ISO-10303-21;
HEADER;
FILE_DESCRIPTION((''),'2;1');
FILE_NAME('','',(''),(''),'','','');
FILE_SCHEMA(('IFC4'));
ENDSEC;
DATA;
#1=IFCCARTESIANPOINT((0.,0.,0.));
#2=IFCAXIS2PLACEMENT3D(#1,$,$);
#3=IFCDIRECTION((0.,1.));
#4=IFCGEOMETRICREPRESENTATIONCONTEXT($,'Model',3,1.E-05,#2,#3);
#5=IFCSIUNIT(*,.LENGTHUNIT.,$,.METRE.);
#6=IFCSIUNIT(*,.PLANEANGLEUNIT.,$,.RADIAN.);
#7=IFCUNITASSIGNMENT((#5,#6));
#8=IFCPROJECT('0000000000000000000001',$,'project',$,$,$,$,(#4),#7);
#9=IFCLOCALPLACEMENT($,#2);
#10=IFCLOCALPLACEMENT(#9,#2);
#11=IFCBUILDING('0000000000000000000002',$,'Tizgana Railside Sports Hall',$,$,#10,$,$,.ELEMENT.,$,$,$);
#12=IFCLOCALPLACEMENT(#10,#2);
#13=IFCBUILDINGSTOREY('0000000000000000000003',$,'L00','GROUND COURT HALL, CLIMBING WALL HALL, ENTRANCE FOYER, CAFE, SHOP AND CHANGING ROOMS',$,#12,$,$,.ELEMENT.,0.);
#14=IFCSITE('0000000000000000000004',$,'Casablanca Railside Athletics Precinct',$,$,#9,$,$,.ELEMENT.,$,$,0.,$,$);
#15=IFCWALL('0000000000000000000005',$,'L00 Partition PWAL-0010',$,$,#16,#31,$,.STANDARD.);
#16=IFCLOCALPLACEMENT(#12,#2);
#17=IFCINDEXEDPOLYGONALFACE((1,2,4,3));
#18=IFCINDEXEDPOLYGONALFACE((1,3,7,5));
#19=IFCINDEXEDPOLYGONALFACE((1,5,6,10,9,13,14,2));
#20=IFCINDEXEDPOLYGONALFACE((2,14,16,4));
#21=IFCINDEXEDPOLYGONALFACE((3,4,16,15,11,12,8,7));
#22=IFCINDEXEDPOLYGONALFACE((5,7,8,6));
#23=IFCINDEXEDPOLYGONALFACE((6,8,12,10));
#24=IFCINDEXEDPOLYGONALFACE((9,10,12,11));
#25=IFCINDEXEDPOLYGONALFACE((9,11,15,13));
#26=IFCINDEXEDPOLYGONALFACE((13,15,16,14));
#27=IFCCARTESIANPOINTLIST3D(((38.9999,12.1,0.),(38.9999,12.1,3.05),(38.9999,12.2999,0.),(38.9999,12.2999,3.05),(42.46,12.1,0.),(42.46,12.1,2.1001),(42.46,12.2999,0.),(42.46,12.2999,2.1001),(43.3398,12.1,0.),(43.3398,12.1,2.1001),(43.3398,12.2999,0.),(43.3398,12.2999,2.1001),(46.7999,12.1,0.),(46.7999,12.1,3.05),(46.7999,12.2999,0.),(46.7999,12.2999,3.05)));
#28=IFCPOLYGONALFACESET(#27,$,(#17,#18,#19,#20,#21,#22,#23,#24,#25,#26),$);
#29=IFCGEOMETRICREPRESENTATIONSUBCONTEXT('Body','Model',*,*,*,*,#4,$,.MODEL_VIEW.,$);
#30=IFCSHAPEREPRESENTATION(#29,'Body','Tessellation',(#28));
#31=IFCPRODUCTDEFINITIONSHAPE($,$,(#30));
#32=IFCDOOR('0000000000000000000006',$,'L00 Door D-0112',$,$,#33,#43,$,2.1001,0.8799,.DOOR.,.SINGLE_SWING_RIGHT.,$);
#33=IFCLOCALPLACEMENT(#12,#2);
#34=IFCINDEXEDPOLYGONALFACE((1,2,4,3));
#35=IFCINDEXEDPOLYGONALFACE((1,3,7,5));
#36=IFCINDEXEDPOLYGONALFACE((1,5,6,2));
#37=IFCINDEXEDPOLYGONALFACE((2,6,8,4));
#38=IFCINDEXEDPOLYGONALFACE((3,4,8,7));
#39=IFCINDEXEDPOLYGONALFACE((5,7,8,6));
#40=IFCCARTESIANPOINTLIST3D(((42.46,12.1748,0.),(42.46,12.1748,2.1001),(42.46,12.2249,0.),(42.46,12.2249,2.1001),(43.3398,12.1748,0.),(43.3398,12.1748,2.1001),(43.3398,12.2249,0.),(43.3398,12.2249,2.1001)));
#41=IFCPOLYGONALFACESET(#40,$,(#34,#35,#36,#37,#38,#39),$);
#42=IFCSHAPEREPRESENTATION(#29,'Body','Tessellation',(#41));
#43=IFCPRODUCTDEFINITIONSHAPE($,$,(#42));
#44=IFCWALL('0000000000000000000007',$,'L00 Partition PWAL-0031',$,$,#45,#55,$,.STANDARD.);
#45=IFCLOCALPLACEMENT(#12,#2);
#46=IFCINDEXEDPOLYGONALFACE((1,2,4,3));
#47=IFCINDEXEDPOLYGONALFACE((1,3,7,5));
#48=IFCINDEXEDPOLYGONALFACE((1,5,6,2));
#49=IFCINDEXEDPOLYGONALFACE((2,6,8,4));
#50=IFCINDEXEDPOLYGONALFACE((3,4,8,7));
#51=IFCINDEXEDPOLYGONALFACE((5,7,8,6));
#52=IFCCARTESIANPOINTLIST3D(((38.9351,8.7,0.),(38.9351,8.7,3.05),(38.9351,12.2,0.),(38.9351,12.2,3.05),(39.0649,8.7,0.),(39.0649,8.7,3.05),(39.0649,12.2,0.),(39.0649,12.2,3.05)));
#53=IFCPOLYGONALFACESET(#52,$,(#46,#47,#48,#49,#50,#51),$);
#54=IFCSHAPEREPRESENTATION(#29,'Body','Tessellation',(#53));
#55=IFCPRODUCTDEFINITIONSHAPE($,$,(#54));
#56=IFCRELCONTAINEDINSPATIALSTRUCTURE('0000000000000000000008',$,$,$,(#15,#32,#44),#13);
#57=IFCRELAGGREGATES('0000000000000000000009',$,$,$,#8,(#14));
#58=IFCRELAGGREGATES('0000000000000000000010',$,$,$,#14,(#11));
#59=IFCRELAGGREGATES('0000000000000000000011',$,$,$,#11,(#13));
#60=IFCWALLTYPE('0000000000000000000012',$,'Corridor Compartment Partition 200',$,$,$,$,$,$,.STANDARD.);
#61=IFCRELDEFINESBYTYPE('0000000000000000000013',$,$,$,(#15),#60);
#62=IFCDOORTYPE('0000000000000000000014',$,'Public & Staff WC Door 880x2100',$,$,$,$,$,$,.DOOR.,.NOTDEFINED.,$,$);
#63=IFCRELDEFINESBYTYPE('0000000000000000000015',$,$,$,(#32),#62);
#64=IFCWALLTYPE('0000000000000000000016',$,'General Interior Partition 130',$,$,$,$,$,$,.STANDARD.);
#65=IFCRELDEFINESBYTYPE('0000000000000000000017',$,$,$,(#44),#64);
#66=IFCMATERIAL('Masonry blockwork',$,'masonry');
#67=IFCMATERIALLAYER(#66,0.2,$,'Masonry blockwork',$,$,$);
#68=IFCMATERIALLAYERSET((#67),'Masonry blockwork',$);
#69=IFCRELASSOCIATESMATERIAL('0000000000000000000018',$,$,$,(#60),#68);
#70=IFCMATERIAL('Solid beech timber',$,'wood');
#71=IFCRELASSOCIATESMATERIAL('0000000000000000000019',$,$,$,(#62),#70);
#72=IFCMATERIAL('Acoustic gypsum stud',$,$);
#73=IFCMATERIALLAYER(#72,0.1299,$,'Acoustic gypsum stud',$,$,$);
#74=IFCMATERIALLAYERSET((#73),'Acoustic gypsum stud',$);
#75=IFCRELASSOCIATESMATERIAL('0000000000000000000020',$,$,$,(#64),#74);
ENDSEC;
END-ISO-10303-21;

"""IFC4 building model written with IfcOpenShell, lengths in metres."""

from ifc_helpers import new_model, si_unit, direction, frame, frame_2d, origin, place, context, subcontext, project, spatial, rectangle, extrude, material, layer, layer_set, type_object, element, fill, save


model = new_model("IFC4")

# Units and contexts
model_context = context("Model", 3, precision=1e-05, world=origin(), true_north=direction((0.0, 1.0)))
body_context = subcontext(model_context, "Body", "Model", "MODEL_VIEW")
ifc_project = project(units=[si_unit("LENGTHUNIT", "METRE"), si_unit("PLANEANGLEUNIT", "RADIAN")], contexts=[model_context])

# Site, building, storey
site_placement = place(None, origin())
site = spatial("IfcSite", under=ifc_project, at=site_placement, Name="Casablanca Railside Athletics Precinct", CompositionType="ELEMENT", RefElevation=0.0)
building_placement = place(site_placement, origin())
building = spatial("IfcBuilding", under=site, at=building_placement, Name="Tizgana Railside Sports Hall", CompositionType="ELEMENT")
storey_placement = place(building_placement, origin())
storey = spatial("IfcBuildingStorey", under=building, at=storey_placement, Name="L00", Description="GROUND COURT HALL, CLIMBING WALL HALL, ENTRANCE FOYER, CAFE, SHOP AND CHANGING ROOMS", CompositionType="ELEMENT", Elevation=0.0)

# Wall, opening, door
ifc_material_1 = material(Name="Masonry blockwork", Category="masonry")
ifc_layer_1 = layer(ifc_material_1, 0.2, Name="Masonry blockwork")
ifc_layer_set_1 = layer_set([ifc_layer_1], Name="Masonry blockwork")
wall_type_1 = type_object("IfcWallType", Name="Corridor Compartment Partition 200", PredefinedType="STANDARD", material=ifc_layer_set_1)
ifc_material_2 = material(Name="Solid beech timber", Category="wood")
wall_1_placement = place(storey_placement, frame((39.0, 12.2, 0.0), z_axis=(0.0, 0.0, 1.0), x_axis=(1.0, 0.0, 0.0)))
wall_1 = element("IfcWall", 1, at=wall_1_placement, inside=storey, type_object=wall_type_1, Name="L00 Partition PWAL-0010", PredefinedType="STANDARD", context=body_context, shape_type="SweptSolid", body=[
    extrude(rectangle(XDim=7.8, YDim=0.2, at=frame_2d((3.8999, 0.0))), origin(), (0.0, 0.0, 1.0), 3.05),
])
opening_1_placement = place(wall_1_placement, frame((3.46, 0.0, 0.0)))
opening_1 = element("IfcOpeningElement", 2, at=opening_1_placement, cuts=wall_1, PredefinedType="OPENING", context=body_context, shape_type="SweptSolid", body=[
    extrude(rectangle(XDim=0.8799, YDim=2.1001, at=frame_2d((0.4399, 1.05))), frame((0.0, 0.1099, 0.0), z_axis=(0.0, -1.0, 0.0), x_axis=(1.0, 0.0, 0.0)), (0.0, 0.0, 1.0), 0.22),
])
door_type_1 = type_object("IfcDoorType", Name="Public & Staff WC Door 880x2100", OperationType="NOTDEFINED", PredefinedType="DOOR", material=ifc_material_2)
door_1_placement = place(opening_1_placement, origin())
door_1 = element("IfcDoor", 3, at=door_1_placement, inside=storey, type_object=door_type_1, Name="L00 Door D-0112", OperationType="SINGLE_SWING_RIGHT", OverallHeight=2.1001, OverallWidth=0.8799, PredefinedType="DOOR", context=body_context, shape_type="SweptSolid", body=[
    extrude(rectangle(XDim=0.8799, YDim=2.1001, at=frame_2d((0.4399, 1.05))), frame((0.0, 0.0249, 0.0), z_axis=(0.0, -1.0, 0.0), x_axis=(1.0, 0.0, 0.0)), (0.0, 0.0, 1.0), 0.05),
])
fill(opening_1, door_1)

# Wall
ifc_material_3 = material(Name="Acoustic gypsum stud")
ifc_layer_2 = layer(ifc_material_3, 0.1299, Name="Acoustic gypsum stud")
ifc_layer_set_2 = layer_set([ifc_layer_2], Name="Acoustic gypsum stud")
wall_type_2 = type_object("IfcWallType", Name="General Interior Partition 130", PredefinedType="STANDARD", material=ifc_layer_set_2)
wall_2_placement = place(storey_placement, frame((39.0, 8.7, 0.0), z_axis=(0.0, 0.0, 1.0), x_axis=(0.0, 1.0, 0.0)))
element("IfcWall", 4, at=wall_2_placement, inside=storey, type_object=wall_type_2, Name="L00 Partition PWAL-0031", PredefinedType="STANDARD", context=body_context, shape_type="SweptSolid", body=[
    extrude(rectangle(XDim=3.5, YDim=0.1299, at=frame_2d((1.75, 0.0))), origin(), (0.0, 0.0, 1.0), 3.05),
])

save(model, "model.ifc")
